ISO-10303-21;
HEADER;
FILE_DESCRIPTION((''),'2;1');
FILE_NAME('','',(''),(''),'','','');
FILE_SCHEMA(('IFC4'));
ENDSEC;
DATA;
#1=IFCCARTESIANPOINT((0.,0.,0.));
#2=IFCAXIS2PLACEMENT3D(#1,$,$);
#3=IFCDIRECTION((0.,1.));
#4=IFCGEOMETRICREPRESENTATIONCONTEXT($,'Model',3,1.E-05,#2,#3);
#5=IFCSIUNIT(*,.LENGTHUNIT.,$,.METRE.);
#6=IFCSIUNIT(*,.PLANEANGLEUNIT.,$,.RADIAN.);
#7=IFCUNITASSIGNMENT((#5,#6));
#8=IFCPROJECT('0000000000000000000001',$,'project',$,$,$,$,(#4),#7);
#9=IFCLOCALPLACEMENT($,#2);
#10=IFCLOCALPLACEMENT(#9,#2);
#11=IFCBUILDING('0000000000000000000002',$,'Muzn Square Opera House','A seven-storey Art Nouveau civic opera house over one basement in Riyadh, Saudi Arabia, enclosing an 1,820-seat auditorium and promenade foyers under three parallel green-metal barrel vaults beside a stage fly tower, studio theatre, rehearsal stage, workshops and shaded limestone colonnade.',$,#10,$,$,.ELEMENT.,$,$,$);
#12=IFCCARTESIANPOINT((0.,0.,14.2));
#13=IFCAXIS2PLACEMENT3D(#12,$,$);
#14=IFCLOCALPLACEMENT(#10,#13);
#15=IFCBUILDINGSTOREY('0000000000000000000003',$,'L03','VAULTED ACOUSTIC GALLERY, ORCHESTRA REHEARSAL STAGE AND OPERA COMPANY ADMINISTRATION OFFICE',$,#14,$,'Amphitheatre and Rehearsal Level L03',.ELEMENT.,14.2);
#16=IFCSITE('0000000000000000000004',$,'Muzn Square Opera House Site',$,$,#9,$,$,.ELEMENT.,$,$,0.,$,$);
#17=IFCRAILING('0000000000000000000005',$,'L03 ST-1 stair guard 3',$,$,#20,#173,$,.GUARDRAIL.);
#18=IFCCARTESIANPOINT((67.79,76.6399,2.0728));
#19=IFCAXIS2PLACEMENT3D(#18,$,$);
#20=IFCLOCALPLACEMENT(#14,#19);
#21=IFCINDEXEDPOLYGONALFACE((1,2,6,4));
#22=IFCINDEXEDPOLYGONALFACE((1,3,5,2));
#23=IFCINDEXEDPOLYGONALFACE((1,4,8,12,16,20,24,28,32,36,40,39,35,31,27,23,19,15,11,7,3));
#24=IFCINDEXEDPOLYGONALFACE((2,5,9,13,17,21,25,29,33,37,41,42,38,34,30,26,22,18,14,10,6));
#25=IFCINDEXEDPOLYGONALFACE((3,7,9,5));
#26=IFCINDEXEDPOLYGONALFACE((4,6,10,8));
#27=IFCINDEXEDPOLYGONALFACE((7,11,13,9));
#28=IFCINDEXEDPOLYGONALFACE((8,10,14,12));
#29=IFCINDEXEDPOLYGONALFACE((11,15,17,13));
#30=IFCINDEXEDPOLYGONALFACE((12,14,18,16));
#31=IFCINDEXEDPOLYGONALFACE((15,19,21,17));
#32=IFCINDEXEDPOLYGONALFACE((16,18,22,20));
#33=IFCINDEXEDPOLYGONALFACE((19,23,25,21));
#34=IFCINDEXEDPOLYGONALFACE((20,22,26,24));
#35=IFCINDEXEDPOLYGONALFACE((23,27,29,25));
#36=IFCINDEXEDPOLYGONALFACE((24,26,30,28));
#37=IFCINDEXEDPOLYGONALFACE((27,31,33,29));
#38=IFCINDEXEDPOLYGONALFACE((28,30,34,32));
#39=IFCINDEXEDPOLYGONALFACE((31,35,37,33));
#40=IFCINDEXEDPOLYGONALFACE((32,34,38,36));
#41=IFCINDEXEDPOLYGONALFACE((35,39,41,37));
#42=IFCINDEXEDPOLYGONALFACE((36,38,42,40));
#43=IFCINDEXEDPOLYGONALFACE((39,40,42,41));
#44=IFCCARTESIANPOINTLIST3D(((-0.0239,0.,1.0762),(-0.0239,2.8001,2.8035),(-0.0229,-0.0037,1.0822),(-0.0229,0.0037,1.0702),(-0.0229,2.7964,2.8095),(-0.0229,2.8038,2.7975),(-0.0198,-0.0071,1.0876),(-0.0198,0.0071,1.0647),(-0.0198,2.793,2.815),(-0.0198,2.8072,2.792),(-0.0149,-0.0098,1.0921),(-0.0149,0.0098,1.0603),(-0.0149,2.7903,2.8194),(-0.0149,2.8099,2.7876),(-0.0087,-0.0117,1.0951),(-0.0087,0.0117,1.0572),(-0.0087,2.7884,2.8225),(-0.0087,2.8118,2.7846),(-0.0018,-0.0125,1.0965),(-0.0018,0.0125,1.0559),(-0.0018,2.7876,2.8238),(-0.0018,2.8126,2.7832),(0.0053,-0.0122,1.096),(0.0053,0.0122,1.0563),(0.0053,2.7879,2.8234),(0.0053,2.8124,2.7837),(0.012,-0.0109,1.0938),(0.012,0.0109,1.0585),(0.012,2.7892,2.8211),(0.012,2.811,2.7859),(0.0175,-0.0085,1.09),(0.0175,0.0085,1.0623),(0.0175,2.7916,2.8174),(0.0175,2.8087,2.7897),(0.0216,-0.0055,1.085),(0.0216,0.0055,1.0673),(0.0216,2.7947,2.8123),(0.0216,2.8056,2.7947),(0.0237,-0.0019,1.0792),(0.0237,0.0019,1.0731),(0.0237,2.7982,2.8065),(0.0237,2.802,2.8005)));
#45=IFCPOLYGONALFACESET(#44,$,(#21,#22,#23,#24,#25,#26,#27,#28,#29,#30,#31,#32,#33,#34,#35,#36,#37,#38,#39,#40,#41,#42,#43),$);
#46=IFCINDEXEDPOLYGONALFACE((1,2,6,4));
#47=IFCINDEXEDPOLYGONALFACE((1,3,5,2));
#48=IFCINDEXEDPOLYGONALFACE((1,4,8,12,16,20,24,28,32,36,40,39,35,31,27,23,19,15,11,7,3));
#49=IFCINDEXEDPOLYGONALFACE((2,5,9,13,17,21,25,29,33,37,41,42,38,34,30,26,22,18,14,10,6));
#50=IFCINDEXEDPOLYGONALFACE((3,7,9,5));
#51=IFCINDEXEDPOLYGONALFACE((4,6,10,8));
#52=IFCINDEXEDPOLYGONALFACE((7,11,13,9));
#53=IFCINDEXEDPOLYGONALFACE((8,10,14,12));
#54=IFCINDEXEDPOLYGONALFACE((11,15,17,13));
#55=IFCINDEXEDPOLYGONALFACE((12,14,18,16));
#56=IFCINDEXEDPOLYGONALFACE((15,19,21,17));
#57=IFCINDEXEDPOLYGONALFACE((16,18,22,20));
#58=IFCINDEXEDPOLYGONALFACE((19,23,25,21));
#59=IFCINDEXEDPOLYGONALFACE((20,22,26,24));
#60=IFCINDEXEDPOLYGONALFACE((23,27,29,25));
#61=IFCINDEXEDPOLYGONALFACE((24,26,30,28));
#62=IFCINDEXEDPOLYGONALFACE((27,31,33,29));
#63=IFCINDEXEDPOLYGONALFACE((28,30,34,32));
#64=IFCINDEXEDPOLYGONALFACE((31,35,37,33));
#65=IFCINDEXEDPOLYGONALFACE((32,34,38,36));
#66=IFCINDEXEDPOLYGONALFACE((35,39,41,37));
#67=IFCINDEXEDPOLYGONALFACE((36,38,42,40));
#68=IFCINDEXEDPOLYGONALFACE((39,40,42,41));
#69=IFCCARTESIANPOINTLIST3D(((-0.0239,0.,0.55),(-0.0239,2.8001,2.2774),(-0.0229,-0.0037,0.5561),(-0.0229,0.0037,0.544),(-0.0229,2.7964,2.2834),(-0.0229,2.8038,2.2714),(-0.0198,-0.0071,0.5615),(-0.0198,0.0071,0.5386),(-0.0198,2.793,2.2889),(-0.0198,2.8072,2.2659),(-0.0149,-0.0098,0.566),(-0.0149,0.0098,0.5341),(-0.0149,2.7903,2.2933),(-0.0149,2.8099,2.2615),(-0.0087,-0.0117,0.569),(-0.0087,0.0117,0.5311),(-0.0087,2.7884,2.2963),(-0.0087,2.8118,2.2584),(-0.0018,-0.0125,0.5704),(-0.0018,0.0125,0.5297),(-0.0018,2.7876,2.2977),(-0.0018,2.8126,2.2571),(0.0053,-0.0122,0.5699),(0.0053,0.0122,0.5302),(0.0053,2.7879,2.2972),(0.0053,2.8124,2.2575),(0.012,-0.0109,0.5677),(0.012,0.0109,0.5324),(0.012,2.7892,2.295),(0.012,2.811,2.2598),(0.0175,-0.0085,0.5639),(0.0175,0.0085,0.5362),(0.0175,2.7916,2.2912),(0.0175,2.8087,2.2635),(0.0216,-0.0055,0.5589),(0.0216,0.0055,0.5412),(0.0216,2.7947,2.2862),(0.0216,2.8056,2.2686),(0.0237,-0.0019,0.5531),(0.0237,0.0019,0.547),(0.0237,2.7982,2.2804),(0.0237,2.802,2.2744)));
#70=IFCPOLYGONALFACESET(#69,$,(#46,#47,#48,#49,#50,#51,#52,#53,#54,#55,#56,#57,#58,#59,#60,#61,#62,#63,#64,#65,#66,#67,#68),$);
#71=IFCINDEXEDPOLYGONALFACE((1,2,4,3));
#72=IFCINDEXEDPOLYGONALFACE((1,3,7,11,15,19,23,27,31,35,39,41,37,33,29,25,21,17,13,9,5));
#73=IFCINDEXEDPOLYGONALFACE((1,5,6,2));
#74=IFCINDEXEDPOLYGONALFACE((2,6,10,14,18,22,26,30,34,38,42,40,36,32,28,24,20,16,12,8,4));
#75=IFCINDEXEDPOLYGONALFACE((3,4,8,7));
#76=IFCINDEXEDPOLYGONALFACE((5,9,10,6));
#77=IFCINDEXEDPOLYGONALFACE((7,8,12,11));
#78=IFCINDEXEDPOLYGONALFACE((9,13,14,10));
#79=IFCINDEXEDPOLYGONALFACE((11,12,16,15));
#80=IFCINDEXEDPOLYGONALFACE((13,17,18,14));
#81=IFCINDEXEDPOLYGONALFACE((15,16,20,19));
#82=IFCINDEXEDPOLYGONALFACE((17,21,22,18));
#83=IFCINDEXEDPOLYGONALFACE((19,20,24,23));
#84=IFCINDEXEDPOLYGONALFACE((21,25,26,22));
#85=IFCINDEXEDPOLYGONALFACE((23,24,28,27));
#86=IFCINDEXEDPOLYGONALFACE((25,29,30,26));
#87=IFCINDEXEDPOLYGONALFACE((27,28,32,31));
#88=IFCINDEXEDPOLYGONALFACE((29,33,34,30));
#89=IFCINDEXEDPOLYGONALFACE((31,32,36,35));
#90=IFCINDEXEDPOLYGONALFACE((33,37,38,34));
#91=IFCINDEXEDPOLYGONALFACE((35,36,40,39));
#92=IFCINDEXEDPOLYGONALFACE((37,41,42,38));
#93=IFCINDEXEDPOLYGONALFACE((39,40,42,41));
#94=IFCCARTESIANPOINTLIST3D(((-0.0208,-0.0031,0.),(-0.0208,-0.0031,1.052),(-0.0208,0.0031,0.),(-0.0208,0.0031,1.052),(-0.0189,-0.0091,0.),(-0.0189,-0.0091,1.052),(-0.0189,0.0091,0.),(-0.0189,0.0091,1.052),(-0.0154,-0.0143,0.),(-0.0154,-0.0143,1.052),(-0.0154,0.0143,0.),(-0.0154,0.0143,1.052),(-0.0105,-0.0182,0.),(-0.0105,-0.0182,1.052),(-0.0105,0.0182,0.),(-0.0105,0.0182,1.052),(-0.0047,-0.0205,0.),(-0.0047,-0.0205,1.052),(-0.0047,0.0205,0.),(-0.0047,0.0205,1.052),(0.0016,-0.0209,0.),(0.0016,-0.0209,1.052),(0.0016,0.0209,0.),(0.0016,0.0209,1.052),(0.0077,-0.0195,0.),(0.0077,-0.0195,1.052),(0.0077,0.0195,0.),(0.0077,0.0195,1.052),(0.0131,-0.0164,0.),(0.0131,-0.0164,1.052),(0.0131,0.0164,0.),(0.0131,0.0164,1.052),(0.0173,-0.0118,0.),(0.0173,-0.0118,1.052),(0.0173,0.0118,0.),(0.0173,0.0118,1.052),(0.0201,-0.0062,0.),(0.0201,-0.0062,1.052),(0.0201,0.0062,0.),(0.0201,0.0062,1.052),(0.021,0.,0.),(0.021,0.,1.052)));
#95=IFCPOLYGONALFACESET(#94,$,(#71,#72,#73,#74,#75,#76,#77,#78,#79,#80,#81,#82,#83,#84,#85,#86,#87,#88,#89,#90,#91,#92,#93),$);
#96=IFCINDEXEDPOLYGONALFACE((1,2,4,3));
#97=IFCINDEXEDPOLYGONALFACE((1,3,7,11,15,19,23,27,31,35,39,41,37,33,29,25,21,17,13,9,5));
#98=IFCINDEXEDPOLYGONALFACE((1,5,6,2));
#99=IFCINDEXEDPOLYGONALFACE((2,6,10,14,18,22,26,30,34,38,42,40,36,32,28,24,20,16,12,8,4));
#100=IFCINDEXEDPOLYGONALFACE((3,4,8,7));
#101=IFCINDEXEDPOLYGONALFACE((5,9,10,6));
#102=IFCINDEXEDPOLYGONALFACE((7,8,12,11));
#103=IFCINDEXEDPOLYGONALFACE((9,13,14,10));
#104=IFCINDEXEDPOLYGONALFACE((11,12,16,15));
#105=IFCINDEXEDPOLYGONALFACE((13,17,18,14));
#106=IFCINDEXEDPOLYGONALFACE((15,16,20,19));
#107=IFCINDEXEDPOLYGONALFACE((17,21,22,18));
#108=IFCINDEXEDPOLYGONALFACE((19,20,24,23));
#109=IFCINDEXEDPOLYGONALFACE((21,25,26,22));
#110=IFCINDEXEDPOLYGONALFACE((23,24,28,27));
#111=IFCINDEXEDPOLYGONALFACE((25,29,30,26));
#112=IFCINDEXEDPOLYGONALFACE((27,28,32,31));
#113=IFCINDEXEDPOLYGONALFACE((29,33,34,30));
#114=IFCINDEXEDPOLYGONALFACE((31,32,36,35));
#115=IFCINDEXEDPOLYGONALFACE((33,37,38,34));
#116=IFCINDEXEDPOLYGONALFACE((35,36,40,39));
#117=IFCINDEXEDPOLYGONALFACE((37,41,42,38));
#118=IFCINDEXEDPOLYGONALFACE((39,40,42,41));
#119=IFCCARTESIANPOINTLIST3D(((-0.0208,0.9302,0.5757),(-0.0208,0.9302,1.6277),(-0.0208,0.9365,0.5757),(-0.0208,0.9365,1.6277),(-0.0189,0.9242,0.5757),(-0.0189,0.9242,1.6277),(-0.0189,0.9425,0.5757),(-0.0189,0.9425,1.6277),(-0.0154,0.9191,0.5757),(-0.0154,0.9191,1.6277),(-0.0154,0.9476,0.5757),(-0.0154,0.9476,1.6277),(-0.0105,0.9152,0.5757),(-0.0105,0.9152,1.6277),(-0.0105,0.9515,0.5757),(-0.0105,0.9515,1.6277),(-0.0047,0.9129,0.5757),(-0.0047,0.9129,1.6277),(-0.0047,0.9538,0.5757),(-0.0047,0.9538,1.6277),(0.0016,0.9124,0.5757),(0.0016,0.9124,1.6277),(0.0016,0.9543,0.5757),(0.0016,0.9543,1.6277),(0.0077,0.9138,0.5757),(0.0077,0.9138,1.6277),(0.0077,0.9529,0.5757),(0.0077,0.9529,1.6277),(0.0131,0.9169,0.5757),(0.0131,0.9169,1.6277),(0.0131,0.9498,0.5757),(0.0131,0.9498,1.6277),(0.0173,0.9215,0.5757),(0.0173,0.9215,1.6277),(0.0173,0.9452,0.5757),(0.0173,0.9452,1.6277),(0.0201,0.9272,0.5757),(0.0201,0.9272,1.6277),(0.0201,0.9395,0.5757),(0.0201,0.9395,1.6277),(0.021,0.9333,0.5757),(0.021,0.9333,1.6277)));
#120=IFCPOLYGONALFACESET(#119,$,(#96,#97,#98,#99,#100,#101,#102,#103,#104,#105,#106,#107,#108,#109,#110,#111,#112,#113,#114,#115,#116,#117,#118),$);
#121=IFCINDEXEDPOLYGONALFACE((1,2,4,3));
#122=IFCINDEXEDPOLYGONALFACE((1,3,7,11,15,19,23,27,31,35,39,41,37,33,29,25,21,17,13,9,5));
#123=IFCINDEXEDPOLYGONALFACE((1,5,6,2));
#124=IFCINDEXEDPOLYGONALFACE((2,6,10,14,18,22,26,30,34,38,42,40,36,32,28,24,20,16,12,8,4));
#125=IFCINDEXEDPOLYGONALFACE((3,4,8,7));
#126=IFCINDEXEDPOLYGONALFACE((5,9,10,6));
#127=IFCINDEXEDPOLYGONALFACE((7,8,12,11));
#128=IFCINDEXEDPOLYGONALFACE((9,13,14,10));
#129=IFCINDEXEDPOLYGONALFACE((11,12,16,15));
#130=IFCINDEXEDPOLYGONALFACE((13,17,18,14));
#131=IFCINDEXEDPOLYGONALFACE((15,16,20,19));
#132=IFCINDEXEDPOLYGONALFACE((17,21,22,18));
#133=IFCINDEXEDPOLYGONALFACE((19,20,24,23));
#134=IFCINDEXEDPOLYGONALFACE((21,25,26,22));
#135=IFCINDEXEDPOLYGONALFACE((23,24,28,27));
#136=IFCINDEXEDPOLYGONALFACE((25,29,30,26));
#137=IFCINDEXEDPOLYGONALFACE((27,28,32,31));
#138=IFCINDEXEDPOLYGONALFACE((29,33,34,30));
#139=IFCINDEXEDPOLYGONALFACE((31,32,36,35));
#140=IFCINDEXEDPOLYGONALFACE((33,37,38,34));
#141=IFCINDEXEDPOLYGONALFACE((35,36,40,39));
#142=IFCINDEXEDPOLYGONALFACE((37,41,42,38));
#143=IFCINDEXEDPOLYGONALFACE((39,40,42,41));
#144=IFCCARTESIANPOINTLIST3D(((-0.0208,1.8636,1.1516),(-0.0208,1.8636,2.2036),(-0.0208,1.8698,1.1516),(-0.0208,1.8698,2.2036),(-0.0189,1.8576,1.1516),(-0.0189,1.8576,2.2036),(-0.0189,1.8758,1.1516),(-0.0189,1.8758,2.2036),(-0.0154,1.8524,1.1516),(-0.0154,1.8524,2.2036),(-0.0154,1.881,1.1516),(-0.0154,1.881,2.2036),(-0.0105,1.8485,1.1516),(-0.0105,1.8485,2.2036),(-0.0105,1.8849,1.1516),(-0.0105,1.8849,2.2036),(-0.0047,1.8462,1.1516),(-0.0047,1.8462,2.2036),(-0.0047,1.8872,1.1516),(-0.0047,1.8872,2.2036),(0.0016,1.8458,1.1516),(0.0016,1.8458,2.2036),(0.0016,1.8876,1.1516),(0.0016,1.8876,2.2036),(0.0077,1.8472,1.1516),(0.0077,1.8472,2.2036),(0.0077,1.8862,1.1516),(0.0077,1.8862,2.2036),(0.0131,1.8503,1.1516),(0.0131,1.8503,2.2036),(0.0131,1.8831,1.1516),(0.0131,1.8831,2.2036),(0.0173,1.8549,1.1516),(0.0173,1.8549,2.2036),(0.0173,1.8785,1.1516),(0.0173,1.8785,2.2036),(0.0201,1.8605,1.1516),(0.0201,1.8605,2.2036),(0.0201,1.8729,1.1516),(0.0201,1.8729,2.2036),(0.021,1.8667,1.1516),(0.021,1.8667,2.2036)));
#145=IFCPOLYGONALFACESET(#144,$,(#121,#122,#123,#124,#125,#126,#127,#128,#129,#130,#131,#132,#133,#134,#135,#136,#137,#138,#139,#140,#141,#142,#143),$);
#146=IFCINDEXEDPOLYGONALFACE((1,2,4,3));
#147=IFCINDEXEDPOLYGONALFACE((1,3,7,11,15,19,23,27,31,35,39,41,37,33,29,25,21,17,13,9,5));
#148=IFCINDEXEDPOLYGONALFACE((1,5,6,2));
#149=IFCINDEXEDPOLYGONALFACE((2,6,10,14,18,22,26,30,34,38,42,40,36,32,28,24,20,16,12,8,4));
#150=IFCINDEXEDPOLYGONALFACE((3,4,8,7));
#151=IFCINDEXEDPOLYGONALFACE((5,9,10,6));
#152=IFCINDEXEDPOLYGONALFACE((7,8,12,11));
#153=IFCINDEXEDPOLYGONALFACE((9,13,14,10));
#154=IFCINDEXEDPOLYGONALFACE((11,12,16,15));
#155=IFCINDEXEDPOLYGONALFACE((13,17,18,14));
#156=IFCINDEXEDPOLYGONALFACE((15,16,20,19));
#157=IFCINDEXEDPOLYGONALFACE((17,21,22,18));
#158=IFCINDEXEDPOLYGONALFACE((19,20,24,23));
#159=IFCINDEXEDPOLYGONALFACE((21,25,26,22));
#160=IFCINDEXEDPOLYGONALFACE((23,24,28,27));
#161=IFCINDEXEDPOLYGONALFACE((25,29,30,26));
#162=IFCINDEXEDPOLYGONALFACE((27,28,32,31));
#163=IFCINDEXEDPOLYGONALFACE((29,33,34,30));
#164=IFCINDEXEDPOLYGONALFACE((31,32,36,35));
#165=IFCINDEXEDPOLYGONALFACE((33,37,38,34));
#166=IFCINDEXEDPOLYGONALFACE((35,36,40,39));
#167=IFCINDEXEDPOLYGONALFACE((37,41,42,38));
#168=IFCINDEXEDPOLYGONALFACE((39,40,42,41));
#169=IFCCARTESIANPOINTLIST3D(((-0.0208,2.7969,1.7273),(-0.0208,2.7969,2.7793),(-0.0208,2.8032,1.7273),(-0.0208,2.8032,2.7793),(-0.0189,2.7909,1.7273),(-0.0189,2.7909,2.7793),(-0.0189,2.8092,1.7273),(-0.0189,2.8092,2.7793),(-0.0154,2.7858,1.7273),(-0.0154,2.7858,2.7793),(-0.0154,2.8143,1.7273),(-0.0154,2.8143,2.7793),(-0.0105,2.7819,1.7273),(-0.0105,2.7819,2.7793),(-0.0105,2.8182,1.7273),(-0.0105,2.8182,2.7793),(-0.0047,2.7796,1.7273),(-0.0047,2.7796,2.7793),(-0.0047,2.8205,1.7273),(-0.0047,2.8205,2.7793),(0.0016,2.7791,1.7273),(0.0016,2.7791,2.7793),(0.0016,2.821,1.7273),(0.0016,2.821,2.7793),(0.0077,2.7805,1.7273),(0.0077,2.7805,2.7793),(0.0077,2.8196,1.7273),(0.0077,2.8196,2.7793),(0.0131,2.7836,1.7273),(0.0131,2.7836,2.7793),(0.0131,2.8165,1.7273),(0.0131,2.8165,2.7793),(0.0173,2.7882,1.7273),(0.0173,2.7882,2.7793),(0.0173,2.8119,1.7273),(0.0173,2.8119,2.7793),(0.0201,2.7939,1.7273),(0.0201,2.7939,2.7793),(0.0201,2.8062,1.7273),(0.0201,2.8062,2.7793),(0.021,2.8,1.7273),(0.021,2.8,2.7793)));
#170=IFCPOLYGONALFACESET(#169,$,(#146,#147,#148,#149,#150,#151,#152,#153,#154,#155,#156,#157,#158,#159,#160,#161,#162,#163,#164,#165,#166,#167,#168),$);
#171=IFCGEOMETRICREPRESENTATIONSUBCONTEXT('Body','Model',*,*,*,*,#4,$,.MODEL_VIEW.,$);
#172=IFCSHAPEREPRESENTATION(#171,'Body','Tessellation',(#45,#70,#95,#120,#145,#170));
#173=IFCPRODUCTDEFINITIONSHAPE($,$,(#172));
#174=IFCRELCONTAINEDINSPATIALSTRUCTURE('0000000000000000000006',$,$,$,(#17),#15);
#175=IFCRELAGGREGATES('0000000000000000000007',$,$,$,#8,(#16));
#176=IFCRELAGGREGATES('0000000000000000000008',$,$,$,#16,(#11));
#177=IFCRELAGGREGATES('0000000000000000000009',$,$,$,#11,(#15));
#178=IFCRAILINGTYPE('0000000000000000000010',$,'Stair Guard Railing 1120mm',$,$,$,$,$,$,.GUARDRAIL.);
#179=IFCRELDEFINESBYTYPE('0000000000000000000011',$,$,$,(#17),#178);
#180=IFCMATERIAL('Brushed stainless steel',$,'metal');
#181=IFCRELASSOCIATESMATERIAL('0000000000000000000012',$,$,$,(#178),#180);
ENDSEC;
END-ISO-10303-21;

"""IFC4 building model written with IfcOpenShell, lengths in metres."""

from ifc_helpers import new_model, si_unit, direction, frame, origin, origin_2d, place, context, subcontext, project, spatial, circle, extrude, material, type_object, element, save


model = new_model("IFC4")

# Units and contexts
model_context = context("Model", 3, precision=1e-05, world=origin(), true_north=direction((0.0, 1.0)))
body_context = subcontext(model_context, "Body", "Model", "MODEL_VIEW")
ifc_project = project(units=[si_unit("LENGTHUNIT", "METRE"), si_unit("PLANEANGLEUNIT", "RADIAN")], contexts=[model_context])

# Site, building, storey
site_placement = place(None, origin())
site = spatial("IfcSite", under=ifc_project, at=site_placement, Name="Muzn Square Opera House Site", CompositionType="ELEMENT", RefElevation=0.0)
building_placement = place(site_placement, origin())
building = spatial("IfcBuilding", under=site, at=building_placement, Name="Muzn Square Opera House", Description="A seven-storey Art Nouveau civic opera house over one basement in Riyadh, Saudi Arabia, enclosing an 1,820-seat auditorium and promenade foyers under three parallel green-metal barrel vaults beside a stage fly tower, studio theatre, rehearsal stage, workshops and shaded limestone colonnade.", CompositionType="ELEMENT")
storey_placement = place(building_placement, frame((0.0, 0.0, 14.2)))
storey = spatial("IfcBuildingStorey", under=building, at=storey_placement, Name="L03", Description="VAULTED ACOUSTIC GALLERY, ORCHESTRA REHEARSAL STAGE AND OPERA COMPANY ADMINISTRATION OFFICE", LongName="Amphitheatre and Rehearsal Level L03", CompositionType="ELEMENT", Elevation=14.2)

# Shared definitions
ifc_material_1 = material(Name="Brushed stainless steel", Category="metal")

# Railing
railing_type_1 = type_object("IfcRailingType", Name="Stair Guard Railing 1120mm", PredefinedType="GUARDRAIL", material=ifc_material_1)
railing_1_placement = place(storey_placement, frame((67.79, 76.6399, 2.0728)))
element("IfcRailing", 1, at=railing_1_placement, inside=storey, type_object=railing_type_1, Name="L03 ST-1 stair guard 3", PredefinedType="GUARDRAIL", context=body_context, shape_type="SweptSolid", body=[
    extrude(circle(Radius=0.0239, at=origin_2d()), frame((0.0, 0.0, 1.0762), z_axis=(0.0, 0.85109, 0.52502), x_axis=(-1.0, 0.0, 0.0)), (0.0, 0.0, 1.0), 3.29),
    extrude(circle(Radius=0.0239, at=origin_2d()), frame((0.0, 0.0, 0.55), z_axis=(0.0, 0.85109, 0.52502), x_axis=(-1.0, 0.0, 0.0)), (0.0, 0.0, 1.0), 3.29),
    extrude(circle(Radius=0.021, at=origin_2d()), origin(), (0.0, 0.0, 1.0), 1.052),
    extrude(circle(Radius=0.021, at=origin_2d()), frame((0.0, 0.9333, 0.5757)), (0.0, 0.0, 1.0), 1.052),
    extrude(circle(Radius=0.021, at=origin_2d()), frame((0.0, 1.8667, 1.1516)), (0.0, 0.0, 1.0), 1.052),
    extrude(circle(Radius=0.021, at=origin_2d()), frame((0.0, 2.8, 1.7273)), (0.0, 0.0, 1.0), 1.052),
])

save(model, "model.ifc")
